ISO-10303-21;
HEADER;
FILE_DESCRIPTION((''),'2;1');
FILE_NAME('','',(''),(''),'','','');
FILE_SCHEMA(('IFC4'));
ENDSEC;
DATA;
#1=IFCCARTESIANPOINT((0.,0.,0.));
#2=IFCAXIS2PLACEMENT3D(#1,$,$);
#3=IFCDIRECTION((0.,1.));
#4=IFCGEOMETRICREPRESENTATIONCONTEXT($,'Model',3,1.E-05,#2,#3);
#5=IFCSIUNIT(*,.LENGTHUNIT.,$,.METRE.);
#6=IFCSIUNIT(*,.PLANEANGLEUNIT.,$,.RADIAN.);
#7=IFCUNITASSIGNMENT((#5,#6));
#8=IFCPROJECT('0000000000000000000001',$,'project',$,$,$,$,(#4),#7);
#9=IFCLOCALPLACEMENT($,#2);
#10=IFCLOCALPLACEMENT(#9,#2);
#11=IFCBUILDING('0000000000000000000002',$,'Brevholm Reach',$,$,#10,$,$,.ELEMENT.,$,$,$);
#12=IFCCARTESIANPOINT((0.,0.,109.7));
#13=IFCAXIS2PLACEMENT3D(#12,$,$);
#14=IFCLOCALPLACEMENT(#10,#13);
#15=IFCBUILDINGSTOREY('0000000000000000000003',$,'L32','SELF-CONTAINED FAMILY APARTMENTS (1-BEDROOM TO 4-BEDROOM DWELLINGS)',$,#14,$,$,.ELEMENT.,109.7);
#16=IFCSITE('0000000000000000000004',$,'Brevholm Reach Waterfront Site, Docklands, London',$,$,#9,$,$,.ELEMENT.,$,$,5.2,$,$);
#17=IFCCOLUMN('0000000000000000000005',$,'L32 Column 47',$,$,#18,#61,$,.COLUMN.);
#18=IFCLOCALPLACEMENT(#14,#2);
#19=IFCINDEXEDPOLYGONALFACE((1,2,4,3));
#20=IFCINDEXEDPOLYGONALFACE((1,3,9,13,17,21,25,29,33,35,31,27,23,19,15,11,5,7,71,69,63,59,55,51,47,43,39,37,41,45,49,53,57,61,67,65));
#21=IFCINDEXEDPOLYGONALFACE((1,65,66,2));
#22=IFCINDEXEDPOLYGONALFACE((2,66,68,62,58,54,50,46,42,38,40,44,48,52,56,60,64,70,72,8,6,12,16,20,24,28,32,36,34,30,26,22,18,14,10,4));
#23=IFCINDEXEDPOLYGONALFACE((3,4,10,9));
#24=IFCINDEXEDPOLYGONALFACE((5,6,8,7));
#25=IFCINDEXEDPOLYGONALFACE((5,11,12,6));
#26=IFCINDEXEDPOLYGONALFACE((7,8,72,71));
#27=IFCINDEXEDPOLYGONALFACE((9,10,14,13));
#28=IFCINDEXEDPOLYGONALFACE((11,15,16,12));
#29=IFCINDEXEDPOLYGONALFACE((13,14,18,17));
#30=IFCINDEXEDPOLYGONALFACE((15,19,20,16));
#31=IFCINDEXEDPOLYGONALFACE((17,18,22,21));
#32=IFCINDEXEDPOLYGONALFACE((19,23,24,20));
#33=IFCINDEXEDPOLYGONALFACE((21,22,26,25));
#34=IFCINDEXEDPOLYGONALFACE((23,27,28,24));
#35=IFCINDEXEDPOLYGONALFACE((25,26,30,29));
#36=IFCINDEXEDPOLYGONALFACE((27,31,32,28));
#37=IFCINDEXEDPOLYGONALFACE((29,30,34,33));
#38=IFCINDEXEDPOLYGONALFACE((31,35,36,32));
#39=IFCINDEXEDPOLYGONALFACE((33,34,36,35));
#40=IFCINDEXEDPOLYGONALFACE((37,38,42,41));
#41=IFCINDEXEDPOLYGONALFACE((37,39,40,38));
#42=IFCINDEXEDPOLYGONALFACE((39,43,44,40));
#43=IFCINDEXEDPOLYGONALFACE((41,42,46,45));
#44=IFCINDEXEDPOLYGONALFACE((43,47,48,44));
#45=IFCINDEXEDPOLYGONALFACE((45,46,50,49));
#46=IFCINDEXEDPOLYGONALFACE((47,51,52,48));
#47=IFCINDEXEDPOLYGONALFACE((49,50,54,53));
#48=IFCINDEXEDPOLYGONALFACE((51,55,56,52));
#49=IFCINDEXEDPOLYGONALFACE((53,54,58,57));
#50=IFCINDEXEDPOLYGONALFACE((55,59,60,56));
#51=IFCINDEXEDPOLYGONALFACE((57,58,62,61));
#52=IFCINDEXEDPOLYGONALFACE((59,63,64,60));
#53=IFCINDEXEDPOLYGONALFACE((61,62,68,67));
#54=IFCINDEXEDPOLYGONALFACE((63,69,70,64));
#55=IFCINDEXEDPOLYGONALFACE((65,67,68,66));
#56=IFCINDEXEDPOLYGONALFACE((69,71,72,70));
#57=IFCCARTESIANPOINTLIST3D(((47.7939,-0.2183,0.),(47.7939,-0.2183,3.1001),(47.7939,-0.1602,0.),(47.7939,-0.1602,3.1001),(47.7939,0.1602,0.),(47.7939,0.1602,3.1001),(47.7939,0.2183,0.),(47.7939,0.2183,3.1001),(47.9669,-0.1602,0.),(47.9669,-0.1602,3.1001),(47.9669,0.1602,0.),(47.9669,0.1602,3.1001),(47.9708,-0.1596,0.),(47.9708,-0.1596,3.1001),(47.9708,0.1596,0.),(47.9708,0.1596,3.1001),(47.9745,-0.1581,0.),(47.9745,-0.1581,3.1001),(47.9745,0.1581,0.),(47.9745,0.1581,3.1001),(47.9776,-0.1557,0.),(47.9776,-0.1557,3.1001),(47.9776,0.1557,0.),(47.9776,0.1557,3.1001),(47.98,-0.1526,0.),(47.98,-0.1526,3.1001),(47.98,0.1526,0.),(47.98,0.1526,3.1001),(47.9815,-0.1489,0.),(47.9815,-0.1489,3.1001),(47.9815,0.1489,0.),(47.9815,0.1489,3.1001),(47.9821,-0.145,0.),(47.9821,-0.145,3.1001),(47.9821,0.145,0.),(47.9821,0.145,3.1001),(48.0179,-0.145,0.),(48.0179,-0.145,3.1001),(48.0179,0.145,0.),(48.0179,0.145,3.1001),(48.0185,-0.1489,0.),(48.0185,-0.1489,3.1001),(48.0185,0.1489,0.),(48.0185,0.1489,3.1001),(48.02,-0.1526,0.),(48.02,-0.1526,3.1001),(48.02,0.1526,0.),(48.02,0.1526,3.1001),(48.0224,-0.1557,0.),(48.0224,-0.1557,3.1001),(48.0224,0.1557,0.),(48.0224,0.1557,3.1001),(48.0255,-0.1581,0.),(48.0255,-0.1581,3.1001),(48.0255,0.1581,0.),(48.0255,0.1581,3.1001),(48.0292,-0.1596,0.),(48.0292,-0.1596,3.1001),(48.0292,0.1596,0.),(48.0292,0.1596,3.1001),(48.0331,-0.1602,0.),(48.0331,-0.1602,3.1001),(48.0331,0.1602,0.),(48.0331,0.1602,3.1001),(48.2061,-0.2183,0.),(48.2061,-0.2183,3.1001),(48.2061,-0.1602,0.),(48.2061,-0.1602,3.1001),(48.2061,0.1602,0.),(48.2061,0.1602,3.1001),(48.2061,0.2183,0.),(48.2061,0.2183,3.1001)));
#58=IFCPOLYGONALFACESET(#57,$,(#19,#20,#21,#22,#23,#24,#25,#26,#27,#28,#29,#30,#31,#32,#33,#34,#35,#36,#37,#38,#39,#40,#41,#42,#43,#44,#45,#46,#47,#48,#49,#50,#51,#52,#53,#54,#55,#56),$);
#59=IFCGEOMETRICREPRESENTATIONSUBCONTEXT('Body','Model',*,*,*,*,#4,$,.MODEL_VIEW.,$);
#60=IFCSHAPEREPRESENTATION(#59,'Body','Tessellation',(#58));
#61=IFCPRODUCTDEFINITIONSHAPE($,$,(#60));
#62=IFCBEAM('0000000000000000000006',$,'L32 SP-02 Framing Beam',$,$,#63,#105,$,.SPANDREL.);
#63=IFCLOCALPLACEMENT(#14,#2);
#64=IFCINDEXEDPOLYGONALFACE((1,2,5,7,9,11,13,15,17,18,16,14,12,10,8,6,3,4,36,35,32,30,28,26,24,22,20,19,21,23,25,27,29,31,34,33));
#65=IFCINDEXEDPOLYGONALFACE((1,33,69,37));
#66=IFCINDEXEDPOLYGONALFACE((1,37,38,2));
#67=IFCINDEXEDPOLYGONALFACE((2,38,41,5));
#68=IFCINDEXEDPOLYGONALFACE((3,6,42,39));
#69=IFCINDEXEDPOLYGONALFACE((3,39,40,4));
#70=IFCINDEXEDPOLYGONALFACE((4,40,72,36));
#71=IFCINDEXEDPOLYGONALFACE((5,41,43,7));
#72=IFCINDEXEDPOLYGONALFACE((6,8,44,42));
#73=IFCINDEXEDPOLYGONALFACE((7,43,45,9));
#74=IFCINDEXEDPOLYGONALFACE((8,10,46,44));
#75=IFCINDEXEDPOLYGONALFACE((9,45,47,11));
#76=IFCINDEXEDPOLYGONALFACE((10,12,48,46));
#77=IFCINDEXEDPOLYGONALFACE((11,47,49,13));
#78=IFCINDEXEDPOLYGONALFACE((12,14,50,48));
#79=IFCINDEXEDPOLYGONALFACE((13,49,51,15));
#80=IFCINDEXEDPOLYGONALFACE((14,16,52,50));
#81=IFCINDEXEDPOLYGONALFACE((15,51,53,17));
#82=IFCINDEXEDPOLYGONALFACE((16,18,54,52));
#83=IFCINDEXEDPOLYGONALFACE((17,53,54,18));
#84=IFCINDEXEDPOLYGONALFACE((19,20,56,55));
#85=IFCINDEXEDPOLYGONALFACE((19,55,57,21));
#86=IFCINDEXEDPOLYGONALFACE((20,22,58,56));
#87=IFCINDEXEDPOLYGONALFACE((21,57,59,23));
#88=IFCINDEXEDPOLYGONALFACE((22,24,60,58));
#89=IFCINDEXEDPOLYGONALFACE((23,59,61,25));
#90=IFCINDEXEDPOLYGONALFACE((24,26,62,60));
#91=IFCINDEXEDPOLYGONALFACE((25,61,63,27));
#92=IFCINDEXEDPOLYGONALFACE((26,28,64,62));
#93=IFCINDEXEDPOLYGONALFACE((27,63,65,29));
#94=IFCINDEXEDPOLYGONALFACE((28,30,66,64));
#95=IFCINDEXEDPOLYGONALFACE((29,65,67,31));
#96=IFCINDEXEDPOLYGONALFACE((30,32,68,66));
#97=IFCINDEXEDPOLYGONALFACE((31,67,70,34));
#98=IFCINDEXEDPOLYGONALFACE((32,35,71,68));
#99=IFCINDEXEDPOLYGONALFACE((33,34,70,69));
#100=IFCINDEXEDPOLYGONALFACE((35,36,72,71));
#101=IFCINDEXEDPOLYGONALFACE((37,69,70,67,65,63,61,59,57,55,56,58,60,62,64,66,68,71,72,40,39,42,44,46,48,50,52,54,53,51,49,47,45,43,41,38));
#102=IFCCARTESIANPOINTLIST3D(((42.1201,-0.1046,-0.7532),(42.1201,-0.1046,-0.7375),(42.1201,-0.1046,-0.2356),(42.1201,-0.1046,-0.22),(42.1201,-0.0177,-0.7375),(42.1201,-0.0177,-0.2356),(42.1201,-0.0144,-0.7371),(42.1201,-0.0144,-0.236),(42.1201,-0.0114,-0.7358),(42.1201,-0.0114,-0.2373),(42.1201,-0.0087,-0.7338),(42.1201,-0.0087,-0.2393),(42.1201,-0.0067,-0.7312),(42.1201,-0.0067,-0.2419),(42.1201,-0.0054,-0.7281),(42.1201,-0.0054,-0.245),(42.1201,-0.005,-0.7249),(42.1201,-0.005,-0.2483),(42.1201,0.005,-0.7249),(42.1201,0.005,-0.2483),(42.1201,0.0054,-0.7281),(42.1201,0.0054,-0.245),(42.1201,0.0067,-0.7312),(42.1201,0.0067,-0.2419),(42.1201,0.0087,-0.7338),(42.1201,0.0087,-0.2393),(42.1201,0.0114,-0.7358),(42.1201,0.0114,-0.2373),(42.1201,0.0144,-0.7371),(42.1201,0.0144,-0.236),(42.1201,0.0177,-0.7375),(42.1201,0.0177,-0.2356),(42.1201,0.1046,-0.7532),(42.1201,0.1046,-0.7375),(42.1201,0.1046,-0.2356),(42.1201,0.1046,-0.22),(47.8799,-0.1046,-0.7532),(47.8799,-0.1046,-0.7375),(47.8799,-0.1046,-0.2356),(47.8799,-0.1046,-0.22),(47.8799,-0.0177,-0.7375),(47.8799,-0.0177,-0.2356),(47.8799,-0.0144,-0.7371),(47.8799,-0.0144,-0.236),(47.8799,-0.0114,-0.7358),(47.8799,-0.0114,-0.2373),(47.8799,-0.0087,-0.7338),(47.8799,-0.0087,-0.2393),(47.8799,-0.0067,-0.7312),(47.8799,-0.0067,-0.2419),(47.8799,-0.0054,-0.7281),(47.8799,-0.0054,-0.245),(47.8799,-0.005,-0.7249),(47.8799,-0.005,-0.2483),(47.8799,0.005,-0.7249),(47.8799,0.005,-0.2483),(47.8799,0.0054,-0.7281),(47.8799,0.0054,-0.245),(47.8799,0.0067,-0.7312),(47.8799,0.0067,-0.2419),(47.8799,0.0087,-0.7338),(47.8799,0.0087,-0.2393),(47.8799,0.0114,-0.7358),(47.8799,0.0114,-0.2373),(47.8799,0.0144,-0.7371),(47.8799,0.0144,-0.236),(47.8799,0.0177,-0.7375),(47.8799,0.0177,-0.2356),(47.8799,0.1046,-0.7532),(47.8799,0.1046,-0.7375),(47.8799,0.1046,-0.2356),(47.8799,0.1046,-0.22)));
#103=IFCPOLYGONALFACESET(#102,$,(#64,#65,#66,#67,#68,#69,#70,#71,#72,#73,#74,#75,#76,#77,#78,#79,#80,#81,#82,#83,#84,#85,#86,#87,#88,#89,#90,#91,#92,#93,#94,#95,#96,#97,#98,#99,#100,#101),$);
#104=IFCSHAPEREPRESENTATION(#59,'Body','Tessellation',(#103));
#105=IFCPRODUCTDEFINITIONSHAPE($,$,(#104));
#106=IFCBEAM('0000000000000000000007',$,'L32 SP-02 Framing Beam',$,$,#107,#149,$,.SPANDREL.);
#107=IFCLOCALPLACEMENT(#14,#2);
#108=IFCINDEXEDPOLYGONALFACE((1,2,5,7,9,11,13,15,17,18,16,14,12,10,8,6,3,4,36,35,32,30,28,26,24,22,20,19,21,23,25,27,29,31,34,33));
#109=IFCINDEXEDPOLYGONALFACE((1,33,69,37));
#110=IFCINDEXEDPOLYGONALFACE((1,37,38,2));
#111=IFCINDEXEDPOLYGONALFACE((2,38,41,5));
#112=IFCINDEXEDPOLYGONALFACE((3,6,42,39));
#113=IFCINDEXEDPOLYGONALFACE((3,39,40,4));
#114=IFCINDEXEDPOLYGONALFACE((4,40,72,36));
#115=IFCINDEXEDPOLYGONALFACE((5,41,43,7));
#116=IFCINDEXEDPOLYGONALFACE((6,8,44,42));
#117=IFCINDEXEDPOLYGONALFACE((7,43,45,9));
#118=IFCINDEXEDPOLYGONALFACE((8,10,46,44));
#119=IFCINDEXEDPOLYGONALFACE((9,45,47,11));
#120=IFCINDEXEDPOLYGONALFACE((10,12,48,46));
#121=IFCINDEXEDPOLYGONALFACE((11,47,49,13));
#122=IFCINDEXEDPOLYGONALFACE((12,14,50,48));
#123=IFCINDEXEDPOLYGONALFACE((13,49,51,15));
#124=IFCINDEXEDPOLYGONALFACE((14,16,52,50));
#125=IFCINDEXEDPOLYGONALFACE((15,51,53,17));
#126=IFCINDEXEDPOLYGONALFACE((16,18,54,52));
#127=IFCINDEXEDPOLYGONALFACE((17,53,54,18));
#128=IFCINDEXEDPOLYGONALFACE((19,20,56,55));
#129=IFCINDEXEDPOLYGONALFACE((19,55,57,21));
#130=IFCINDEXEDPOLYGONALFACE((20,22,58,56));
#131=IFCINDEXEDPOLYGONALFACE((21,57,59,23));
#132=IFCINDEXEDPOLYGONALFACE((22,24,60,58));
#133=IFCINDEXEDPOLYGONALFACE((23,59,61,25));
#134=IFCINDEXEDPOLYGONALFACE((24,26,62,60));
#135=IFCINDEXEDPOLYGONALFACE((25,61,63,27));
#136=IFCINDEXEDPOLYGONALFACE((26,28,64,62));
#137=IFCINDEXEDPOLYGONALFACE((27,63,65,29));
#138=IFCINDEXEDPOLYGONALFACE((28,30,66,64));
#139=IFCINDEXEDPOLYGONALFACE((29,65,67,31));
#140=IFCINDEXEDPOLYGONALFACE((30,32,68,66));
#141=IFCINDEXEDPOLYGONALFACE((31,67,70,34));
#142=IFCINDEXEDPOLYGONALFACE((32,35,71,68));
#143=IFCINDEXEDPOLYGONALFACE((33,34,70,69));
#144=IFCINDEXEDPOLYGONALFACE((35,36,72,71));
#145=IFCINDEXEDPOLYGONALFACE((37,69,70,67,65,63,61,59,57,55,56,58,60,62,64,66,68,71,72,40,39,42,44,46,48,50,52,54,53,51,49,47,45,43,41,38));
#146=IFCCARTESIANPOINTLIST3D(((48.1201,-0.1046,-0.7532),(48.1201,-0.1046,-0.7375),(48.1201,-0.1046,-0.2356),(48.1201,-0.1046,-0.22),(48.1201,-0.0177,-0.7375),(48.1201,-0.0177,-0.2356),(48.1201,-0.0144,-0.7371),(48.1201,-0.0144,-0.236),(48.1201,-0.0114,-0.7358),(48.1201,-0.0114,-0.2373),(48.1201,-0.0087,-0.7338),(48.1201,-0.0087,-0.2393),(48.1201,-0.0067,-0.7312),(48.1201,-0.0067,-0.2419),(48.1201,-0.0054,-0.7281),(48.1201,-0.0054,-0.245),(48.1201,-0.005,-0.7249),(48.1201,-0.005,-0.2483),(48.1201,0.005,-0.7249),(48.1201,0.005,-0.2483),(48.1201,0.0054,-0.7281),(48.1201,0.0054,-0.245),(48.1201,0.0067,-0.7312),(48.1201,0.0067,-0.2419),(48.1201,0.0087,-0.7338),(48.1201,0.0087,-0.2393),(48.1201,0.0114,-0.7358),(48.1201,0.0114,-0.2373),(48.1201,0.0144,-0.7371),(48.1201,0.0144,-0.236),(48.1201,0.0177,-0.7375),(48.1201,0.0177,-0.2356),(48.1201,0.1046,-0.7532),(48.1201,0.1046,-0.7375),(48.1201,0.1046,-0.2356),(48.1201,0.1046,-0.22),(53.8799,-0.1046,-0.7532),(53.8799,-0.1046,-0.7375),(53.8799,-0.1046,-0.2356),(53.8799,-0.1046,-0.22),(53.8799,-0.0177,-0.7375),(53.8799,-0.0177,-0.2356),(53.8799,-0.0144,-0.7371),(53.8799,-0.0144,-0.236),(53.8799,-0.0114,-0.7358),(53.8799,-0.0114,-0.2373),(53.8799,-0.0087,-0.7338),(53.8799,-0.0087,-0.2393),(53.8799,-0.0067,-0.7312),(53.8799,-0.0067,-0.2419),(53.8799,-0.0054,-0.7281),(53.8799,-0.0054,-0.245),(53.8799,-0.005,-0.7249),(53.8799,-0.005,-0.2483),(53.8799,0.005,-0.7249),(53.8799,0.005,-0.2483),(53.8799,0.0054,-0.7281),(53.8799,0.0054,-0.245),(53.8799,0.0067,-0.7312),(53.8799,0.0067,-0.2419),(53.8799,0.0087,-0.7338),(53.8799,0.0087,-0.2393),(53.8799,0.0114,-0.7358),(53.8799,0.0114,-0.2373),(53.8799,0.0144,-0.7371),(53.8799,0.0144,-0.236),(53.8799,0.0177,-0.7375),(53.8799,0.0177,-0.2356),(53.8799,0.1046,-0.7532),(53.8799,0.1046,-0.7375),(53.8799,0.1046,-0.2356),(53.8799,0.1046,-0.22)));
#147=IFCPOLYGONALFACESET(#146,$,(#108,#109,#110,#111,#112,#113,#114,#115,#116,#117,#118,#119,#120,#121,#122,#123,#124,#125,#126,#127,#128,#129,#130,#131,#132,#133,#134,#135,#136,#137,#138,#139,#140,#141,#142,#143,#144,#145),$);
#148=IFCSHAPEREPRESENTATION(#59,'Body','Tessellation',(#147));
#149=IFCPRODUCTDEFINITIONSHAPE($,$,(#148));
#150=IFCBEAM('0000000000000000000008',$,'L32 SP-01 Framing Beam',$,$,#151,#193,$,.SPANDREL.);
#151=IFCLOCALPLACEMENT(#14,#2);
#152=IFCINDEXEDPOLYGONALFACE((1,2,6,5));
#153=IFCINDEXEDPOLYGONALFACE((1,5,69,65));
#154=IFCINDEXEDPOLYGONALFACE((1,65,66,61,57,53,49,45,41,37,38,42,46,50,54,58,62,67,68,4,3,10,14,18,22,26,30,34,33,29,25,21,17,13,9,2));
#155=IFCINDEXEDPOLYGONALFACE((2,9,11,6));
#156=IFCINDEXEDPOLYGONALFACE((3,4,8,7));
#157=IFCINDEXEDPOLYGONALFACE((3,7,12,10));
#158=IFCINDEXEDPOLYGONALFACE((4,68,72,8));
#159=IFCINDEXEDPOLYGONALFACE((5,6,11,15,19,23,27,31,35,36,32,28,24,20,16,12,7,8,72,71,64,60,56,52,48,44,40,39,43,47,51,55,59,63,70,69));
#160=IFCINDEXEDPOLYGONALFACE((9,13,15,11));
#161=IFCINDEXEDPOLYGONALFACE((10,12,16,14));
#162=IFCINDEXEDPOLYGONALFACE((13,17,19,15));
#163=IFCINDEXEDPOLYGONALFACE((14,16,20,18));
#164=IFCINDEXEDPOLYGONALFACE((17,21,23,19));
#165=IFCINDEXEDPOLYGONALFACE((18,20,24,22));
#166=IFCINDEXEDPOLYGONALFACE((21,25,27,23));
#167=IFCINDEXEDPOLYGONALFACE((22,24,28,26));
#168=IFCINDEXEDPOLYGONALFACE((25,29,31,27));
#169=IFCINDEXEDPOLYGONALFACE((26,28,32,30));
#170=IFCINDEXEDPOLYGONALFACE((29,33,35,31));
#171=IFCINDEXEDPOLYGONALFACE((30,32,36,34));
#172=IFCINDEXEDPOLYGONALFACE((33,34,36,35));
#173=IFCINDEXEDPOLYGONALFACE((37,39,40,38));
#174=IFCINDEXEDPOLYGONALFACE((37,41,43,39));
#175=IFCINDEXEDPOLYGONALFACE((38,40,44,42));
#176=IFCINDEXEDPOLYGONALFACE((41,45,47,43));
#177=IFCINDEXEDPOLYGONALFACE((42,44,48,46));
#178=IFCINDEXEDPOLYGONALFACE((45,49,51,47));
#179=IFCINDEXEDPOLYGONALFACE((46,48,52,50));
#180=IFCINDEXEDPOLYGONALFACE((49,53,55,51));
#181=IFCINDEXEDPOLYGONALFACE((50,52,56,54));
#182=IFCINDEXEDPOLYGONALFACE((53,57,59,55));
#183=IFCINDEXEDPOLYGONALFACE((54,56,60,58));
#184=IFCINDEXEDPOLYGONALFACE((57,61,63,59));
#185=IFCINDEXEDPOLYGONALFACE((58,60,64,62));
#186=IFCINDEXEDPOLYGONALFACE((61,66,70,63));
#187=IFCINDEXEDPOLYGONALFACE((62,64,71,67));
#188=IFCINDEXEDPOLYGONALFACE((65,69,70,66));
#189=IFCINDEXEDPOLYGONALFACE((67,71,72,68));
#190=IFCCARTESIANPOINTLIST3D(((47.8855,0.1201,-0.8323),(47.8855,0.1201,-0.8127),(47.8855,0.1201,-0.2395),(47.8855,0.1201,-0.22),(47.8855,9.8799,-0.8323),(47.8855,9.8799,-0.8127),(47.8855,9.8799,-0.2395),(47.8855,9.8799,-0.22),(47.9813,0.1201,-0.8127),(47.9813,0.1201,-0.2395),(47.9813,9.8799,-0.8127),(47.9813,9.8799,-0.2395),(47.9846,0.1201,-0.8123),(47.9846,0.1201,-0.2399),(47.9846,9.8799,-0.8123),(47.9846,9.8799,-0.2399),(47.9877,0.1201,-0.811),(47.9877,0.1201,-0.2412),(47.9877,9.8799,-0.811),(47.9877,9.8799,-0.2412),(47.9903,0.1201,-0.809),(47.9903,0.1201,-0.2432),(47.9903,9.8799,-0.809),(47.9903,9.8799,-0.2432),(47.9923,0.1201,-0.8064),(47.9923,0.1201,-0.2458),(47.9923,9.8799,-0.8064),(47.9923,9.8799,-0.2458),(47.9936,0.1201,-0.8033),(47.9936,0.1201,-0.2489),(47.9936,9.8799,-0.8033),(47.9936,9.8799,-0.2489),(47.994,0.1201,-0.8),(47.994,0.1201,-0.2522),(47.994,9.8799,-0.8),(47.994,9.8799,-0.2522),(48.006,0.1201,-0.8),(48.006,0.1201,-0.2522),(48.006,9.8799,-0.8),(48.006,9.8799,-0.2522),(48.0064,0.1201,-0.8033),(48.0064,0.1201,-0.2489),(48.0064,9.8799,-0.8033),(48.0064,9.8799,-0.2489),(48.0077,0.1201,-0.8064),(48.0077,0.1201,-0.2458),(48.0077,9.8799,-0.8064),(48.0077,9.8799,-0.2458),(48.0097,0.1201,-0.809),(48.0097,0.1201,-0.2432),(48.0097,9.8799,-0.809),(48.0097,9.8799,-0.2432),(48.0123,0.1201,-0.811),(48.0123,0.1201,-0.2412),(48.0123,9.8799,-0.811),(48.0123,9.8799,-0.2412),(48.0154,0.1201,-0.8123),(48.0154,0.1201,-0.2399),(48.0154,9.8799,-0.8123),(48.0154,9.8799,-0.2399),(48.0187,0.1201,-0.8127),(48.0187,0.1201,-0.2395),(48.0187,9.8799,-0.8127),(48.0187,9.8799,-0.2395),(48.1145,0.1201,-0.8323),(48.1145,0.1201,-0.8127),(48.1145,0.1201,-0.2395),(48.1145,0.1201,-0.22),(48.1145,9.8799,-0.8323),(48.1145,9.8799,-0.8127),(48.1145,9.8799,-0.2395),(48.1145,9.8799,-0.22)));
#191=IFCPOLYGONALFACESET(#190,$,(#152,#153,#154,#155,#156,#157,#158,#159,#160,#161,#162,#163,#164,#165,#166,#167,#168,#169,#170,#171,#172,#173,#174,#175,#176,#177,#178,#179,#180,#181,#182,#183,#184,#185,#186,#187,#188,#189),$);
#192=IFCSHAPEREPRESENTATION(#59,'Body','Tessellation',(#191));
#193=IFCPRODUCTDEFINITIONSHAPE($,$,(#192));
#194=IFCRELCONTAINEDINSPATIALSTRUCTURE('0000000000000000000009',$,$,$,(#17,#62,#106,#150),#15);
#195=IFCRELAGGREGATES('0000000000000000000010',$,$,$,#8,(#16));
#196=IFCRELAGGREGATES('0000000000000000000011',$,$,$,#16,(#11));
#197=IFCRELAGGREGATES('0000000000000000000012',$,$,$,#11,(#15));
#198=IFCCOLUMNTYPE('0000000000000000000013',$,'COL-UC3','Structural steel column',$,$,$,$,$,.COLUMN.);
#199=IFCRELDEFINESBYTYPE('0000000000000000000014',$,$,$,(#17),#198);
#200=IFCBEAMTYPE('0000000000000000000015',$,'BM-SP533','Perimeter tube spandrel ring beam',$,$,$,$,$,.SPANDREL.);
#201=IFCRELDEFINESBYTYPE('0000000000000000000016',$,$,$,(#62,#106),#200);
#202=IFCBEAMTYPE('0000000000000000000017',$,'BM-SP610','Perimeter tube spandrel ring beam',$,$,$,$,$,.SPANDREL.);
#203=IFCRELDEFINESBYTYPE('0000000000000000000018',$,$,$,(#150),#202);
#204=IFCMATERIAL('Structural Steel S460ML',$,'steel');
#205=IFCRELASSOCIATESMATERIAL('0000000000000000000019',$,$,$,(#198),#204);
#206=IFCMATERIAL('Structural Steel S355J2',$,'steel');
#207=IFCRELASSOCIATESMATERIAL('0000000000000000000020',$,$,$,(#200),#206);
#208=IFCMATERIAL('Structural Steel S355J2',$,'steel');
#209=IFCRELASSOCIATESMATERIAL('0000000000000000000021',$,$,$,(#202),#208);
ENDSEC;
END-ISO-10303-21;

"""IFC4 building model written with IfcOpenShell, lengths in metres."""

from ifc_helpers import new_model, si_unit, direction, frame, origin, origin_2d, place, context, subcontext, project, spatial, i_section, extrude, material, material_profile, profile_set, type_object, element, save


model = new_model("IFC4")

# Units and contexts
model_context = context("Model", 3, precision=1e-05, world=origin(), true_north=direction((0.0, 1.0)))
body_context = subcontext(model_context, "Body", "Model", "MODEL_VIEW")
ifc_project = project(units=[si_unit("LENGTHUNIT", "METRE"), si_unit("PLANEANGLEUNIT", "RADIAN")], contexts=[model_context])

# Site, building, storey
site_placement = place(None, origin())
site = spatial("IfcSite", under=ifc_project, at=site_placement, Name="Brevholm Reach Waterfront Site, Docklands, London", CompositionType="ELEMENT", RefElevation=5.2)
building_placement = place(site_placement, origin())
building = spatial("IfcBuilding", under=site, at=building_placement, Name="Brevholm Reach", CompositionType="ELEMENT")
storey_placement = place(building_placement, frame((0.0, 0.0, 109.7)))
storey = spatial("IfcBuildingStorey", under=building, at=storey_placement, Name="L32", Description="SELF-CONTAINED FAMILY APARTMENTS (1-BEDROOM TO 4-BEDROOM DWELLINGS)", CompositionType="ELEMENT", Elevation=109.7)

# Column
ifc_material_1 = material(Name="Structural Steel S460ML", Category="steel")
ifc_material_profile_1 = material_profile(ifc_material_1, i_section(OverallWidth=0.4121, OverallDepth=0.4365, WebThickness=0.0359, FlangeThickness=0.0581, FilletRadius=0.0151, at=origin_2d()), Name="UKC 356x406x467")
ifc_profile_set_1 = profile_set([ifc_material_profile_1], Name="Structural Steel S460ML")
column_type = type_object("IfcColumnType", Name="COL-UC3", Description="Structural steel column", PredefinedType="COLUMN", material=ifc_profile_set_1)
column_placement = place(storey_placement, frame((48.0, 0.0, 0.0), z_axis=(0.0, 0.0, 1.0), x_axis=(1.0, 0.0, 0.0)))
element("IfcColumn", 1, at=column_placement, inside=storey, type_object=column_type, Name="L32 Column 47", PredefinedType="COLUMN", context=body_context, shape_type="SweptSolid", body=[
    extrude(i_section(OverallWidth=0.4121, OverallDepth=0.4365, WebThickness=0.0359, FlangeThickness=0.0581, FilletRadius=0.0151, at=origin_2d()), origin(), (0.0, 0.0, 1.0), 3.1001),
])

# Beams
ifc_material_2 = material(Name="Structural Steel S355J2", Category="steel")
ifc_material_profile_2 = material_profile(ifc_material_2, i_section(OverallWidth=0.2092, OverallDepth=0.5332, WebThickness=0.01, FlangeThickness=0.0156, FilletRadius=0.0127, at=origin_2d()), Name="UKB 533x210x92")
ifc_profile_set_2 = profile_set([ifc_material_profile_2], Name="Structural Steel S355J2")
beam_type_1 = type_object("IfcBeamType", Name="BM-SP533", Description="Perimeter tube spandrel ring beam", PredefinedType="SPANDREL", material=ifc_profile_set_2)
for number, where, z_axis, x_axis, name in (
    (2, (42.1201, 0.0, -0.4866), (1.0, 0.0, 0.0), (0.0, 1.0, 0.0), "L32 SP-02 Framing Beam"),
    (3, (48.1201, 0.0, -0.4866), (1.0, 0.0, 0.0), (0.0, 1.0, 0.0), "L32 SP-02 Framing Beam"),
):
    element("IfcBeam", number, at=place(storey_placement, frame(where, z_axis=z_axis, x_axis=x_axis)), inside=storey, type_object=beam_type_1, Name=name, PredefinedType="SPANDREL", context=body_context, shape_type="SweptSolid", body=[
        extrude(i_section(OverallWidth=0.2092, OverallDepth=0.5332, WebThickness=0.01, FlangeThickness=0.0156, FilletRadius=0.0127, at=origin_2d()), origin(), (0.0, 0.0, 1.0), 5.7598),
    ])
ifc_material_3 = material(Name="Structural Steel S355J2", Category="steel")
ifc_material_profile_3 = material_profile(ifc_material_3, i_section(OverallWidth=0.229, OverallDepth=0.6123, WebThickness=0.012, FlangeThickness=0.0195, FilletRadius=0.0127, at=origin_2d()), Name="UKB 610x229x125")
ifc_profile_set_3 = profile_set([ifc_material_profile_3], Name="Structural Steel S355J2")
beam_type_2 = type_object("IfcBeamType", Name="BM-SP610", Description="Perimeter tube spandrel ring beam", PredefinedType="SPANDREL", material=ifc_profile_set_3)
beam_placement = place(storey_placement, frame((48.0, 0.1201, -0.5261), z_axis=(0.0, 1.0, 0.0), x_axis=(-1.0, 0.0, 0.0)))
element("IfcBeam", 4, at=beam_placement, inside=storey, type_object=beam_type_2, Name="L32 SP-01 Framing Beam", PredefinedType="SPANDREL", context=body_context, shape_type="SweptSolid", body=[
    extrude(i_section(OverallWidth=0.229, OverallDepth=0.6123, WebThickness=0.012, FlangeThickness=0.0195, FilletRadius=0.0127, at=origin_2d()), origin(), (0.0, 0.0, 1.0), 9.7598),
])

save(model, "model.ifc")
